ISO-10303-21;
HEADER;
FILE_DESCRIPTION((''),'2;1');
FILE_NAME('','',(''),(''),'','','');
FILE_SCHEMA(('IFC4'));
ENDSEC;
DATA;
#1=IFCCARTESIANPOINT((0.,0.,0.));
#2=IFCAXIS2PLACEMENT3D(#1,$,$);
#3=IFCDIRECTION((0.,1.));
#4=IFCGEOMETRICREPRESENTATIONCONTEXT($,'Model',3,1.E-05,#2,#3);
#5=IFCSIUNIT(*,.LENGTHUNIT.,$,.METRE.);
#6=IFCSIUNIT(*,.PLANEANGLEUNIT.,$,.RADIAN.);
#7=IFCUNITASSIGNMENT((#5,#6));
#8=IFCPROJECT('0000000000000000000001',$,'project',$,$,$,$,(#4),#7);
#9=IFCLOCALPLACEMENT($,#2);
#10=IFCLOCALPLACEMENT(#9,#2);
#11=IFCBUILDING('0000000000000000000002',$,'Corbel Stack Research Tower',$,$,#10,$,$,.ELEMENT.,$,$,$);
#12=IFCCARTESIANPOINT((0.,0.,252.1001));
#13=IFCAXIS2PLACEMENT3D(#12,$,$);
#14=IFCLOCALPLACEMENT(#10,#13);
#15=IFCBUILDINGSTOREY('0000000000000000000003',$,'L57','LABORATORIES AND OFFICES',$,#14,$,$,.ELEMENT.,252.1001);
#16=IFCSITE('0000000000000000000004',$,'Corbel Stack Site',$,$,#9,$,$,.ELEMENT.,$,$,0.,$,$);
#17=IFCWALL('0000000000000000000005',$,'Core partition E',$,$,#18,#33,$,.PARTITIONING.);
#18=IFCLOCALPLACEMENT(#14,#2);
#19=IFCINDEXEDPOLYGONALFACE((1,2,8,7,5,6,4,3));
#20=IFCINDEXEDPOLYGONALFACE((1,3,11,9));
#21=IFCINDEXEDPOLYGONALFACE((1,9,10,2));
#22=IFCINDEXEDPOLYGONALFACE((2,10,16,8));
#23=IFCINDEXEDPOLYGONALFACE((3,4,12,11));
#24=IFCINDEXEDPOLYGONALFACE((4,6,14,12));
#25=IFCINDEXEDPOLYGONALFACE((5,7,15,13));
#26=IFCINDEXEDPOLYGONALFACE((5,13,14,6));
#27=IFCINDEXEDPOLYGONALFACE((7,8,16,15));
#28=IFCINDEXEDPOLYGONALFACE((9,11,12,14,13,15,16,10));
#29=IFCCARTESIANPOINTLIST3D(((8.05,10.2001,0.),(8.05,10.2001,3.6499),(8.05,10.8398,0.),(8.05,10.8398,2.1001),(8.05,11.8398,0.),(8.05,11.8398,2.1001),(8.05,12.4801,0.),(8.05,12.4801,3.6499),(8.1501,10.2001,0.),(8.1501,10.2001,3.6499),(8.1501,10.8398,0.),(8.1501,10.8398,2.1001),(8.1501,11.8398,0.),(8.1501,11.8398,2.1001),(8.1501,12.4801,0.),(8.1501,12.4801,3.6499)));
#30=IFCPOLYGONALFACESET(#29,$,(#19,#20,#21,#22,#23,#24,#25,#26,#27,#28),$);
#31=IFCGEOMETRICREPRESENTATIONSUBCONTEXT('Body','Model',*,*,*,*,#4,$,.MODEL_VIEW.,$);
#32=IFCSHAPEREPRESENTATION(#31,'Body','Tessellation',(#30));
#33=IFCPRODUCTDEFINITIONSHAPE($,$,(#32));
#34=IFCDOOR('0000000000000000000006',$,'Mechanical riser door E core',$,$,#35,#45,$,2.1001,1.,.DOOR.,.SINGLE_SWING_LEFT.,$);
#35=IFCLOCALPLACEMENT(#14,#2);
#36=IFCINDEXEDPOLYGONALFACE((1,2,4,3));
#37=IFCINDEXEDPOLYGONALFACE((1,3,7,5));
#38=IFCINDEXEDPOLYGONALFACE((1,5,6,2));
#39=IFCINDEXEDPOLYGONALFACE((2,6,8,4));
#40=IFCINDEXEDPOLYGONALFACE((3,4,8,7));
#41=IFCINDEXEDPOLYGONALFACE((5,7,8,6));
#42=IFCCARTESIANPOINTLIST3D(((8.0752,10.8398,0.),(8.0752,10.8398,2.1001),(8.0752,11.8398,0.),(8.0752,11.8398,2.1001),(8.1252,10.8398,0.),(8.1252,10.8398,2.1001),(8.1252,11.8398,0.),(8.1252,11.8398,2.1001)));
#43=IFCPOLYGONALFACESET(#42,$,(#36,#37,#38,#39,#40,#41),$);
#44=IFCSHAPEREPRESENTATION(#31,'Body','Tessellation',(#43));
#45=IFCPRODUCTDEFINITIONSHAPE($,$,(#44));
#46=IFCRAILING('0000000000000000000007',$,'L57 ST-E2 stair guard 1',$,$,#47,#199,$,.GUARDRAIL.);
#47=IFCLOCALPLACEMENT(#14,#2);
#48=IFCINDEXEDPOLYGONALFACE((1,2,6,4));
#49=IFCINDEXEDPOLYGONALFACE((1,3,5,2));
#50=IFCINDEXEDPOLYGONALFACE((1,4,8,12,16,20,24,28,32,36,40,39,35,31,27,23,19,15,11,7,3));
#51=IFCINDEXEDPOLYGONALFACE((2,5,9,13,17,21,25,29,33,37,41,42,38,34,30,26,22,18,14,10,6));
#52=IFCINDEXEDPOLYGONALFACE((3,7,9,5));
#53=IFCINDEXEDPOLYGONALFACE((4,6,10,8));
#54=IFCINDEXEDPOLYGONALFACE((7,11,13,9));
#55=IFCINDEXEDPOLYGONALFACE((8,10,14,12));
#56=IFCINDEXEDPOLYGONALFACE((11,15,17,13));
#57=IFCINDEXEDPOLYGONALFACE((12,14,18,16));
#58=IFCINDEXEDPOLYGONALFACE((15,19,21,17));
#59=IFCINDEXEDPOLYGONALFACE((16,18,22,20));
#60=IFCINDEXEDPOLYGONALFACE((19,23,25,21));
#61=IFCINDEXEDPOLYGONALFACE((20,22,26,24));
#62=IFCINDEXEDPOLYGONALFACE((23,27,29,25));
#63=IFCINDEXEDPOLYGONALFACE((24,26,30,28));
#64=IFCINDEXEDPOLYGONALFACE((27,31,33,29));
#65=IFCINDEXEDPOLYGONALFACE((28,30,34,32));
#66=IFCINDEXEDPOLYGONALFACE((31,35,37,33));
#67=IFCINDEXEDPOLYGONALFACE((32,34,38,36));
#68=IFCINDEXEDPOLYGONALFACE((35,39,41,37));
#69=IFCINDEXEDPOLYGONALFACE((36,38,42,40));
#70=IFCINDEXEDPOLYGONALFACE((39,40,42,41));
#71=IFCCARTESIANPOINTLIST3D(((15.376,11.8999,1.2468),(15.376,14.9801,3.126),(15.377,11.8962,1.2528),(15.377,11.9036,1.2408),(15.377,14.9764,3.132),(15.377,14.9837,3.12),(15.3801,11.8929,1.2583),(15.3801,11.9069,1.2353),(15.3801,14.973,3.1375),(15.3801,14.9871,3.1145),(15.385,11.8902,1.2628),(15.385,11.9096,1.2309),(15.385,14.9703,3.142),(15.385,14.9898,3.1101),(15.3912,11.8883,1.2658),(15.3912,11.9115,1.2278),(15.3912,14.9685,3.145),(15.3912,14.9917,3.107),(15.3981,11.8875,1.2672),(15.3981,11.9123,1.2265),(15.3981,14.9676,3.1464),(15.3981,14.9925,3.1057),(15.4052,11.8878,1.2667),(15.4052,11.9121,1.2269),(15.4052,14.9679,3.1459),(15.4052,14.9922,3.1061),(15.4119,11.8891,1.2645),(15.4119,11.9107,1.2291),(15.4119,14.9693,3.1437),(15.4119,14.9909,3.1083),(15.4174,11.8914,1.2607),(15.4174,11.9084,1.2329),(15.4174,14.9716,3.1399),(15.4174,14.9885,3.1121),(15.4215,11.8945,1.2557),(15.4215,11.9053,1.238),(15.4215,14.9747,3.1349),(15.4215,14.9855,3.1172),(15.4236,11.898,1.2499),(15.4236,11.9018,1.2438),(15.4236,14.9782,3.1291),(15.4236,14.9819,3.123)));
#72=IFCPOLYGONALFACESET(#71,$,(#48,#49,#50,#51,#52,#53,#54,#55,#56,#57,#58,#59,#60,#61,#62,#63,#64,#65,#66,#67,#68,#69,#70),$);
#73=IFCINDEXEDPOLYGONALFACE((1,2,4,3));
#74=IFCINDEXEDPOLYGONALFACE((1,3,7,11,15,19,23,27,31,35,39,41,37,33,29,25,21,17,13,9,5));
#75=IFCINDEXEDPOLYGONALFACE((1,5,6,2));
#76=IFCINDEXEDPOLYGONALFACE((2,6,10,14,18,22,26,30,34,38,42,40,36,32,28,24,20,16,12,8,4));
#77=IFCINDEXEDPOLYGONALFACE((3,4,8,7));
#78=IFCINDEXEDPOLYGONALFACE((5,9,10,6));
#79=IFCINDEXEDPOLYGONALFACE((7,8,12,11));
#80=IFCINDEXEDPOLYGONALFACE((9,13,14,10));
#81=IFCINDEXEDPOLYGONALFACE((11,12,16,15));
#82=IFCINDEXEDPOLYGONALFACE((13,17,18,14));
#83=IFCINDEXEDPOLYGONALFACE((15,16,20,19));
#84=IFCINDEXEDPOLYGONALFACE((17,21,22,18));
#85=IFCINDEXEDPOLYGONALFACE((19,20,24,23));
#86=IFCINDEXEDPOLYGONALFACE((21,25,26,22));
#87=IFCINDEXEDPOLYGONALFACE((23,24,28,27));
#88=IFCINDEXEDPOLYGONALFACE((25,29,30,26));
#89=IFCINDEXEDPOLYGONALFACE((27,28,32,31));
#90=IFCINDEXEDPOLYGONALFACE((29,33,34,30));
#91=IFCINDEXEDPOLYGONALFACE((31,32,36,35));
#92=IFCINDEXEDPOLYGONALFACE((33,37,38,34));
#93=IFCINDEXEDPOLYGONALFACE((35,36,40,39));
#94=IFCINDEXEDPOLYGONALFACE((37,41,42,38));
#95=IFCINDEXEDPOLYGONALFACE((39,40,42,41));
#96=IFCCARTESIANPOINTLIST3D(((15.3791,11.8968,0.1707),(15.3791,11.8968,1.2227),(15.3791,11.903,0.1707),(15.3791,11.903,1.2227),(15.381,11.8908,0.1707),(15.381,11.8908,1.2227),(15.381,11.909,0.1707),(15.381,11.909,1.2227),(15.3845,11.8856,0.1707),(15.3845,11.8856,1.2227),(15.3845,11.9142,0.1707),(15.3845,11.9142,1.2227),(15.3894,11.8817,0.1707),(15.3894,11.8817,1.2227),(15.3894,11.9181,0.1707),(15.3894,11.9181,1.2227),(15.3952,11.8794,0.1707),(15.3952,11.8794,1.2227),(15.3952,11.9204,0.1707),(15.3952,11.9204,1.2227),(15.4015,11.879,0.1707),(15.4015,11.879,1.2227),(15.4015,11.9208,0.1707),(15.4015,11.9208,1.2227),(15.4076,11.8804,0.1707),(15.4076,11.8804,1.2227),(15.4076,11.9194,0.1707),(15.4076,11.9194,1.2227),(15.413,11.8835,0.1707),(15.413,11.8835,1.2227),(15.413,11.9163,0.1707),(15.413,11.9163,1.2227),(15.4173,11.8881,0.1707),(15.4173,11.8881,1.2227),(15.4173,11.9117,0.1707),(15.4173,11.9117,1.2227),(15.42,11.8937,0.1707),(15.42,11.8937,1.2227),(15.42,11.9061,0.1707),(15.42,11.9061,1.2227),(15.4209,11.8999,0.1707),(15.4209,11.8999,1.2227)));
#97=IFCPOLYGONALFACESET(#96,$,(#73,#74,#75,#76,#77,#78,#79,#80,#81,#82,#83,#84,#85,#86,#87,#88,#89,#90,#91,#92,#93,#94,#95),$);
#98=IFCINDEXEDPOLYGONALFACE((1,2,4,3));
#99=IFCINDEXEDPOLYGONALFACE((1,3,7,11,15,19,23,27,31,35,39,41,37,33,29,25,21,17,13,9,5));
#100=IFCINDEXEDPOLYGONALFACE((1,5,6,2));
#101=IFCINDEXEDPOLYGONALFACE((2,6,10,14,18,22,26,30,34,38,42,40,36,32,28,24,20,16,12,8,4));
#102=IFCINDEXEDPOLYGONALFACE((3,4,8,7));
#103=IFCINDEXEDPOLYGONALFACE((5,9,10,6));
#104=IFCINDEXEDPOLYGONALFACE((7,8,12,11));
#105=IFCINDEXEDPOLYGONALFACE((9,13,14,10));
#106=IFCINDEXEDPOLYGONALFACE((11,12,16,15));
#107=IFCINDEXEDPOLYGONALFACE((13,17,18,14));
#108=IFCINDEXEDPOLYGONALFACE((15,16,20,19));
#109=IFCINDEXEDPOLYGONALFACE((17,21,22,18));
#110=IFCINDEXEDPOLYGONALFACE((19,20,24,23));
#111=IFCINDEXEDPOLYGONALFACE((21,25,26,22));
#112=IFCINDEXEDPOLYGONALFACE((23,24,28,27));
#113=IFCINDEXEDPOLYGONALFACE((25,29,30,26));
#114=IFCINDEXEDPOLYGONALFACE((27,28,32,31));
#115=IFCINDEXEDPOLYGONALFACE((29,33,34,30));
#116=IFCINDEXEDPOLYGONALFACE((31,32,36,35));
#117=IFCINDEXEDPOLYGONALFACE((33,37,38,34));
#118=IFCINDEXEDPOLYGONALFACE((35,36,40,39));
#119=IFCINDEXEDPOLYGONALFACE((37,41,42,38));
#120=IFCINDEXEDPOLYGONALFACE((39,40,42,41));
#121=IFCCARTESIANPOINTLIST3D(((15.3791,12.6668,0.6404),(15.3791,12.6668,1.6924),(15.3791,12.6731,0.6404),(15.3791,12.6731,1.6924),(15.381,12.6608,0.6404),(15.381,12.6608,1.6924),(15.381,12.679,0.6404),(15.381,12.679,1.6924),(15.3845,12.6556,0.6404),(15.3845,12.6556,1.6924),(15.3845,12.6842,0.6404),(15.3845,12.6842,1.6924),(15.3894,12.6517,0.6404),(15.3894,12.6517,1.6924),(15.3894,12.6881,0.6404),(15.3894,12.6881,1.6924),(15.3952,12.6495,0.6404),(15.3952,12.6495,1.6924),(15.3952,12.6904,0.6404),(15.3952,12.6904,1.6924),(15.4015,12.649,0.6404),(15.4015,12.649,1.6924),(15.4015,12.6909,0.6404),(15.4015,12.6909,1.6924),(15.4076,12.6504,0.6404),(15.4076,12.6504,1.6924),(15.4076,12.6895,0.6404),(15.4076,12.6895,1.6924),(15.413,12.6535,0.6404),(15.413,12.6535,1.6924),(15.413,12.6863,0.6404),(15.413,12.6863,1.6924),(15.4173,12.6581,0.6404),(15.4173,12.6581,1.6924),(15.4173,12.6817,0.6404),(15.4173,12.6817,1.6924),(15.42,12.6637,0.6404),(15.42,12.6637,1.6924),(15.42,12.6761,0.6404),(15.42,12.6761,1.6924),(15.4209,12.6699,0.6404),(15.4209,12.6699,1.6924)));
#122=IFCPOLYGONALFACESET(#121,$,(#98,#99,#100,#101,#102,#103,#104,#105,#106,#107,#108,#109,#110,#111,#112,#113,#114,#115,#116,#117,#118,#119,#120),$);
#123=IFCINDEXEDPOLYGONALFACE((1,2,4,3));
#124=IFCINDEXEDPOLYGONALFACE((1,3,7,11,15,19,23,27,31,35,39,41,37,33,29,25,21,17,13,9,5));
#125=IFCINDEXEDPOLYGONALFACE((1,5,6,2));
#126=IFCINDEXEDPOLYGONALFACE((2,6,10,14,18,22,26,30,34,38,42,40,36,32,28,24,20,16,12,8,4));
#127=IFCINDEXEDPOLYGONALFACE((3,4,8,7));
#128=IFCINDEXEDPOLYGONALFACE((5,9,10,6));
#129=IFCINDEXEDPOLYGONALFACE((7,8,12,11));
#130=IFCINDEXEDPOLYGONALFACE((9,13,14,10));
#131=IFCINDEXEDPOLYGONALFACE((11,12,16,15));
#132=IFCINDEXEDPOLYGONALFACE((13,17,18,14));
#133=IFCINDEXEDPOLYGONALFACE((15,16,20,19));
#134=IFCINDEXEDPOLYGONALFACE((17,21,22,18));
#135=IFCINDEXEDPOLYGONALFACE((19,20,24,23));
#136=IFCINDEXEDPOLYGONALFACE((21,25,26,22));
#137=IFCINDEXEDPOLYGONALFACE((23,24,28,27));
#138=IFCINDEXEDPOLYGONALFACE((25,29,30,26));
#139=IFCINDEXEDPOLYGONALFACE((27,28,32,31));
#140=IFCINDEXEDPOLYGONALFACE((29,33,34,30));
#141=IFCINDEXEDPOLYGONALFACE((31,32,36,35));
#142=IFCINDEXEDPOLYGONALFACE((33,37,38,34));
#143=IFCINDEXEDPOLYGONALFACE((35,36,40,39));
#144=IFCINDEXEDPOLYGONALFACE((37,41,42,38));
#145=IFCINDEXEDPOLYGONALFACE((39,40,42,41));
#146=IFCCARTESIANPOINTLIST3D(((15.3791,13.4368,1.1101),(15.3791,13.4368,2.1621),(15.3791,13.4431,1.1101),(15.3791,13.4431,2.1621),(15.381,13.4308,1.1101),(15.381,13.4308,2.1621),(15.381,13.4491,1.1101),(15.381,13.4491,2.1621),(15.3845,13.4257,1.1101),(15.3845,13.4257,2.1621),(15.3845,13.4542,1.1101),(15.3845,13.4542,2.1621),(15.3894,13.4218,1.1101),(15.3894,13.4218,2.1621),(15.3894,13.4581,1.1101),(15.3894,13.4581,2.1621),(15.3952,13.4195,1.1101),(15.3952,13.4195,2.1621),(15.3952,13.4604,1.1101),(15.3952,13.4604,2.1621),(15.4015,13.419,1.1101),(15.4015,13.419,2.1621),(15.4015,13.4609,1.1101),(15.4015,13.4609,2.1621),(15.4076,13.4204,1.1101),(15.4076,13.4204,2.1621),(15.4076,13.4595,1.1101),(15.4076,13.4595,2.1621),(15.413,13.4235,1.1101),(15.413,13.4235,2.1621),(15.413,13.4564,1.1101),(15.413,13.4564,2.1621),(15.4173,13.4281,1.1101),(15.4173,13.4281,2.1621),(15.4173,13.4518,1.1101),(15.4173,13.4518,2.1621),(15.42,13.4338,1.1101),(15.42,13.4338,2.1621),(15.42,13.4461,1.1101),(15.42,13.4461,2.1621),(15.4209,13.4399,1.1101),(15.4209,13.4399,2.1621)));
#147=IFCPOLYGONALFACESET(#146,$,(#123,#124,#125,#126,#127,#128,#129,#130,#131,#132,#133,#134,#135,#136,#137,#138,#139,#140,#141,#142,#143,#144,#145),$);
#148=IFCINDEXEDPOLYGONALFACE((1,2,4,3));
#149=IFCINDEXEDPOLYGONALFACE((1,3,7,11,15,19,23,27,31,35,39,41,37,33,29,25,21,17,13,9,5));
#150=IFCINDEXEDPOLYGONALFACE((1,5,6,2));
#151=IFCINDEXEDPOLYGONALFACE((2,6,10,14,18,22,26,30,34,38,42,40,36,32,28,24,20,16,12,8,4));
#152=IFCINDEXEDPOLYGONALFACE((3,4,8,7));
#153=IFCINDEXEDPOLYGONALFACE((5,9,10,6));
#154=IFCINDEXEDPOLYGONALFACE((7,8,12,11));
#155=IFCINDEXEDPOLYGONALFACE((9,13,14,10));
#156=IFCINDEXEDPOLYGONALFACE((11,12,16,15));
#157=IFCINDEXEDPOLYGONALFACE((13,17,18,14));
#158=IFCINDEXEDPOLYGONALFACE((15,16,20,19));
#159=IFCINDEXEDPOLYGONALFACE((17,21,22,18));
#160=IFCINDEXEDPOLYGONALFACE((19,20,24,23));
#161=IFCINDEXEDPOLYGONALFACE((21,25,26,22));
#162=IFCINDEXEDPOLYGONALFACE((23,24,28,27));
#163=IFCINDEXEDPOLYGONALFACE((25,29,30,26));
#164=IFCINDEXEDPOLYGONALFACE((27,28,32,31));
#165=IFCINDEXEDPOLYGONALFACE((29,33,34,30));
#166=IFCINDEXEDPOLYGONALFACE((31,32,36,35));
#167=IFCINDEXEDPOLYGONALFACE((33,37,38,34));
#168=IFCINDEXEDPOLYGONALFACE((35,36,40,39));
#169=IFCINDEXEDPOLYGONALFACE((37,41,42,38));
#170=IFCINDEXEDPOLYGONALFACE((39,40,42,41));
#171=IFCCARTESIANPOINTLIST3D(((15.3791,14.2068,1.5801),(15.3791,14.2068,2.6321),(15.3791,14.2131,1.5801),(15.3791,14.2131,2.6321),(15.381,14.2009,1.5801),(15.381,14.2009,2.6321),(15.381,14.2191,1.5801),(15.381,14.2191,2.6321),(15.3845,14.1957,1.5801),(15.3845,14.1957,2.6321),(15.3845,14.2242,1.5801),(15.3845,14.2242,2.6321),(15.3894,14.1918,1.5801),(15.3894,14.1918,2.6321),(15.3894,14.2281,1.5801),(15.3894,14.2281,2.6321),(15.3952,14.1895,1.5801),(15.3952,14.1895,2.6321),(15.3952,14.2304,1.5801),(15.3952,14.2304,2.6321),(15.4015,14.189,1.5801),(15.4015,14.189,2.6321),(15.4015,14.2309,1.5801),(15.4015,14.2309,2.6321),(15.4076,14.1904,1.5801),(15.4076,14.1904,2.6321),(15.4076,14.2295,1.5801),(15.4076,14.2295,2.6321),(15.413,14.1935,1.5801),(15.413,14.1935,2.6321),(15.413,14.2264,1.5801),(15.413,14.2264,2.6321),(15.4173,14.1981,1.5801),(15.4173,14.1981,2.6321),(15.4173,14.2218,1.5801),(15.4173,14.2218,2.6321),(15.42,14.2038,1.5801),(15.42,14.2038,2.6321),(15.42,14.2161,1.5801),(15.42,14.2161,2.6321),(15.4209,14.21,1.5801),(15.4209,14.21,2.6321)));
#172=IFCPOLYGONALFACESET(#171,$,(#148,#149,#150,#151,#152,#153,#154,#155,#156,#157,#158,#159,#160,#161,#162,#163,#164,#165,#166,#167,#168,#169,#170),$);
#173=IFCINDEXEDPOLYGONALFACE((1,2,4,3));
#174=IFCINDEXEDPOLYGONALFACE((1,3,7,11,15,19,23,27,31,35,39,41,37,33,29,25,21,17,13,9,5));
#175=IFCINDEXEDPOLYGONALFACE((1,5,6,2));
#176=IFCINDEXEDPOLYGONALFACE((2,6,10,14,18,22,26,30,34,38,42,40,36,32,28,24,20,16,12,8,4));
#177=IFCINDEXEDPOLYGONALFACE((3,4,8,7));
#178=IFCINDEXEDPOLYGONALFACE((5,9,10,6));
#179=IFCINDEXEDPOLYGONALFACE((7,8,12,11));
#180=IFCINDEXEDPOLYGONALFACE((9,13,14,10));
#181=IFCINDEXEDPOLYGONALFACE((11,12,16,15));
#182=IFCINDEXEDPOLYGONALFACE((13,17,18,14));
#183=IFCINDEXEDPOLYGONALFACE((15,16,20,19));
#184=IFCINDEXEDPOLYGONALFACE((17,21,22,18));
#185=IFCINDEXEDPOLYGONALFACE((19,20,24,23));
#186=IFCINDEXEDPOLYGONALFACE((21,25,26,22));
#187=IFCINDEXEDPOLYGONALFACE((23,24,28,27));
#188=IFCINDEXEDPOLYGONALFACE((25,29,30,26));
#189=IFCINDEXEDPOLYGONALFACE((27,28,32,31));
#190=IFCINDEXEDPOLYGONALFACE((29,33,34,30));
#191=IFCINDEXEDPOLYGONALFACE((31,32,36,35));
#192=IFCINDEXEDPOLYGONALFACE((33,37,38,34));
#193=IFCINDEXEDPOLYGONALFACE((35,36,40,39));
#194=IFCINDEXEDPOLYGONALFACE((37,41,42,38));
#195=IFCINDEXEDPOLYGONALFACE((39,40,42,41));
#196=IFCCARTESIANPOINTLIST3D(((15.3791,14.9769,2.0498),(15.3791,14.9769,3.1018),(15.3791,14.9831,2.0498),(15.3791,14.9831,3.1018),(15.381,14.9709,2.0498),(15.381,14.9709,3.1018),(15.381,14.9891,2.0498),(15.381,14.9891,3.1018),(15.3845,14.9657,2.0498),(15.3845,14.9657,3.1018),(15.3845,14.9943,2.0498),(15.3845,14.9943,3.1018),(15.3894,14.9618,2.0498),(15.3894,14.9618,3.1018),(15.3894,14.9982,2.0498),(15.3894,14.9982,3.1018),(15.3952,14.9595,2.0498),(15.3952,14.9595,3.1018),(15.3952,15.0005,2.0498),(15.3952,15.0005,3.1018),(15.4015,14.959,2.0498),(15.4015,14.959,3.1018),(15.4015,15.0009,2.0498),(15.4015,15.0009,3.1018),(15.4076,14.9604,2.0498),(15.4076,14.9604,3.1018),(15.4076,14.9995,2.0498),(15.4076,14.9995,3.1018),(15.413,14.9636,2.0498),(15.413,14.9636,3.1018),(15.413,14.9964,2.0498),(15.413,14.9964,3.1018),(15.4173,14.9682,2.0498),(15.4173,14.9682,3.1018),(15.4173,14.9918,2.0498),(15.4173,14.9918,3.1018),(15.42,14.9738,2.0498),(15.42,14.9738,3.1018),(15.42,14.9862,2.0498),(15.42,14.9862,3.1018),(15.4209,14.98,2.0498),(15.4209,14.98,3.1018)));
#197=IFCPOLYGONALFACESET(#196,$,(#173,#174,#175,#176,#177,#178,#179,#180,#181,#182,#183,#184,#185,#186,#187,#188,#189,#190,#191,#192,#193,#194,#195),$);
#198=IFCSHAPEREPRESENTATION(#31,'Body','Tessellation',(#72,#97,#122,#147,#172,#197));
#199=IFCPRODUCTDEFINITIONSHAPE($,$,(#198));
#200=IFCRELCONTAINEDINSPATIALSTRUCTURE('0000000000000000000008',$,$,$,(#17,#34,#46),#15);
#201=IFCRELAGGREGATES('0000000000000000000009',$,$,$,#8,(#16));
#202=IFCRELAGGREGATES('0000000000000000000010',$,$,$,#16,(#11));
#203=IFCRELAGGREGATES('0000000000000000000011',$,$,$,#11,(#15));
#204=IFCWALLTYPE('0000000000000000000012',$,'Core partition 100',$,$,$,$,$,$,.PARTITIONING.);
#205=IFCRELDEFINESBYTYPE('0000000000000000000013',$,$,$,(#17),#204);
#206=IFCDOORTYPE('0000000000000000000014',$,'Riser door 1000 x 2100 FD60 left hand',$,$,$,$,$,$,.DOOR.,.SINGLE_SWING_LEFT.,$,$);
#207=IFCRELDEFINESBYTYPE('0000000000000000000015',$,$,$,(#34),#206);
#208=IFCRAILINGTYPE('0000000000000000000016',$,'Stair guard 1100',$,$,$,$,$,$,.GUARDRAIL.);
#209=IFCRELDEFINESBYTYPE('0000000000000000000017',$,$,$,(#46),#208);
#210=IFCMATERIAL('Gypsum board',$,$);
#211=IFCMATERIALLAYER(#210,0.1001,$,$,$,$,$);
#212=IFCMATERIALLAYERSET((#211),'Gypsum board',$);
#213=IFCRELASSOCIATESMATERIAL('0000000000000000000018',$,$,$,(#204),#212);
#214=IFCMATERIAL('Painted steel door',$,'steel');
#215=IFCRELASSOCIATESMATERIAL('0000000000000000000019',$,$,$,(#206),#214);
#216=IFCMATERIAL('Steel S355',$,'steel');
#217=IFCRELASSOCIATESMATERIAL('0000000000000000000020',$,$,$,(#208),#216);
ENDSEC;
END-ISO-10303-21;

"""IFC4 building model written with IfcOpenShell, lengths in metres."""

from ifc_helpers import new_model, si_unit, direction, frame, frame_2d, origin, origin_2d, place, context, subcontext, project, spatial, rectangle, circle, extrude, material, layer, layer_set, type_object, element, fill, save


model = new_model("IFC4")

# Units and contexts
model_context = context("Model", 3, precision=1e-05, world=origin(), true_north=direction((0.0, 1.0)))
body_context = subcontext(model_context, "Body", "Model", "MODEL_VIEW")
ifc_project = project(units=[si_unit("LENGTHUNIT", "METRE"), si_unit("PLANEANGLEUNIT", "RADIAN")], contexts=[model_context])

# Site, building, storey
site_placement = place(None, origin())
site = spatial("IfcSite", under=ifc_project, at=site_placement, Name="Corbel Stack Site", CompositionType="ELEMENT", RefElevation=0.0)
building_placement = place(site_placement, origin())
building = spatial("IfcBuilding", under=site, at=building_placement, Name="Corbel Stack Research Tower", CompositionType="ELEMENT")
storey_placement = place(building_placement, frame((0.0, 0.0, 252.1001)))
storey = spatial("IfcBuildingStorey", under=building, at=storey_placement, Name="L57", Description="LABORATORIES AND OFFICES", CompositionType="ELEMENT", Elevation=252.1001)

# Wall, opening, door
ifc_material_1 = material(Name="Gypsum board")
ifc_layer_1 = layer(ifc_material_1, 0.1001)
ifc_layer_set_1 = layer_set([ifc_layer_1], Name="Gypsum board")
wall_type_1 = type_object("IfcWallType", Name="Core partition 100", PredefinedType="PARTITIONING", material=ifc_layer_set_1)
wall_1_placement = place(storey_placement, frame((8.1001, 10.2, 0.0), z_axis=(0.0, 0.0, 1.0), x_axis=(0.0, 1.0, 0.0)))
wall_1 = element("IfcWall", 1, at=wall_1_placement, inside=storey, type_object=wall_type_1, Name="Core partition E", PredefinedType="PARTITIONING", context=body_context, shape_type="SweptSolid", body=[
    extrude(rectangle(XDim=2.28, YDim=0.1001, at=frame_2d((1.1401, 0.0))), origin(), (0.0, 0.0, 1.0), 3.6499),
])
opening_1_placement = place(wall_1_placement, frame((0.6399, 0.0, 0.0)))
opening_1 = element("IfcOpeningElement", 2, at=opening_1_placement, cuts=wall_1, PredefinedType="OPENING", context=body_context, shape_type="SweptSolid", body=[
    extrude(rectangle(XDim=1.0, YDim=2.1001, at=frame_2d((0.5, 1.05))), frame((0.0, 0.0601, 0.0), z_axis=(0.0, -1.0, 0.0), x_axis=(1.0, 0.0, 0.0)), (0.0, 0.0, 1.0), 0.1201),
])
ifc_material_2 = material(Name="Painted steel door", Category="steel")
door_type_1 = type_object("IfcDoorType", Name="Riser door 1000 x 2100 FD60 left hand", OperationType="SINGLE_SWING_LEFT", PredefinedType="DOOR", material=ifc_material_2)
door_1_placement = place(opening_1_placement, origin())
door_1 = element("IfcDoor", 3, at=door_1_placement, inside=storey, type_object=door_type_1, Name="Mechanical riser door E core", OperationType="SINGLE_SWING_LEFT", OverallHeight=2.1001, OverallWidth=1.0, PredefinedType="DOOR", context=body_context, shape_type="SweptSolid", body=[
    extrude(rectangle(XDim=1.0, YDim=2.1001, at=frame_2d((0.5, 1.05))), frame((0.0, 0.0249, 0.0), z_axis=(0.0, -1.0, 0.0), x_axis=(1.0, 0.0, 0.0)), (0.0, 0.0, 1.0), 0.05),
])
fill(opening_1, door_1)

# Railing
ifc_material_3 = material(Name="Steel S355", Category="steel")
railing_type = type_object("IfcRailingType", Name="Stair guard 1100", PredefinedType="GUARDRAIL", material=ifc_material_3)
railing_1_placement = place(storey_placement, frame((15.3999, 11.8999, 0.1707)))
element("IfcRailing", 4, at=railing_1_placement, inside=storey, type_object=railing_type, Name="L57 ST-E2 stair guard 1", PredefinedType="GUARDRAIL", context=body_context, shape_type="SweptSolid", body=[
    extrude(circle(Radius=0.0239, at=origin_2d()), frame((0.0, 0.0, 1.0762), z_axis=(0.0, 0.853666, 0.52082), x_axis=(-1.0, 0.0, 0.0)), (0.0, 0.0, 1.0), 3.6082),
    extrude(circle(Radius=0.021, at=origin_2d()), origin(), (0.0, 0.0, 1.0), 1.052),
    extrude(circle(Radius=0.021, at=origin_2d()), frame((0.0, 0.77, 0.4697)), (0.0, 0.0, 1.0), 1.052),
    extrude(circle(Radius=0.021, at=origin_2d()), frame((0.0, 1.54, 0.9395)), (0.0, 0.0, 1.0), 1.052),
    extrude(circle(Radius=0.021, at=origin_2d()), frame((0.0, 2.3101, 1.4094)), (0.0, 0.0, 1.0), 1.052),
    extrude(circle(Radius=0.021, at=origin_2d()), frame((0.0, 3.0801, 1.8792)), (0.0, 0.0, 1.0), 1.052),
])

save(model, "model.ifc")
